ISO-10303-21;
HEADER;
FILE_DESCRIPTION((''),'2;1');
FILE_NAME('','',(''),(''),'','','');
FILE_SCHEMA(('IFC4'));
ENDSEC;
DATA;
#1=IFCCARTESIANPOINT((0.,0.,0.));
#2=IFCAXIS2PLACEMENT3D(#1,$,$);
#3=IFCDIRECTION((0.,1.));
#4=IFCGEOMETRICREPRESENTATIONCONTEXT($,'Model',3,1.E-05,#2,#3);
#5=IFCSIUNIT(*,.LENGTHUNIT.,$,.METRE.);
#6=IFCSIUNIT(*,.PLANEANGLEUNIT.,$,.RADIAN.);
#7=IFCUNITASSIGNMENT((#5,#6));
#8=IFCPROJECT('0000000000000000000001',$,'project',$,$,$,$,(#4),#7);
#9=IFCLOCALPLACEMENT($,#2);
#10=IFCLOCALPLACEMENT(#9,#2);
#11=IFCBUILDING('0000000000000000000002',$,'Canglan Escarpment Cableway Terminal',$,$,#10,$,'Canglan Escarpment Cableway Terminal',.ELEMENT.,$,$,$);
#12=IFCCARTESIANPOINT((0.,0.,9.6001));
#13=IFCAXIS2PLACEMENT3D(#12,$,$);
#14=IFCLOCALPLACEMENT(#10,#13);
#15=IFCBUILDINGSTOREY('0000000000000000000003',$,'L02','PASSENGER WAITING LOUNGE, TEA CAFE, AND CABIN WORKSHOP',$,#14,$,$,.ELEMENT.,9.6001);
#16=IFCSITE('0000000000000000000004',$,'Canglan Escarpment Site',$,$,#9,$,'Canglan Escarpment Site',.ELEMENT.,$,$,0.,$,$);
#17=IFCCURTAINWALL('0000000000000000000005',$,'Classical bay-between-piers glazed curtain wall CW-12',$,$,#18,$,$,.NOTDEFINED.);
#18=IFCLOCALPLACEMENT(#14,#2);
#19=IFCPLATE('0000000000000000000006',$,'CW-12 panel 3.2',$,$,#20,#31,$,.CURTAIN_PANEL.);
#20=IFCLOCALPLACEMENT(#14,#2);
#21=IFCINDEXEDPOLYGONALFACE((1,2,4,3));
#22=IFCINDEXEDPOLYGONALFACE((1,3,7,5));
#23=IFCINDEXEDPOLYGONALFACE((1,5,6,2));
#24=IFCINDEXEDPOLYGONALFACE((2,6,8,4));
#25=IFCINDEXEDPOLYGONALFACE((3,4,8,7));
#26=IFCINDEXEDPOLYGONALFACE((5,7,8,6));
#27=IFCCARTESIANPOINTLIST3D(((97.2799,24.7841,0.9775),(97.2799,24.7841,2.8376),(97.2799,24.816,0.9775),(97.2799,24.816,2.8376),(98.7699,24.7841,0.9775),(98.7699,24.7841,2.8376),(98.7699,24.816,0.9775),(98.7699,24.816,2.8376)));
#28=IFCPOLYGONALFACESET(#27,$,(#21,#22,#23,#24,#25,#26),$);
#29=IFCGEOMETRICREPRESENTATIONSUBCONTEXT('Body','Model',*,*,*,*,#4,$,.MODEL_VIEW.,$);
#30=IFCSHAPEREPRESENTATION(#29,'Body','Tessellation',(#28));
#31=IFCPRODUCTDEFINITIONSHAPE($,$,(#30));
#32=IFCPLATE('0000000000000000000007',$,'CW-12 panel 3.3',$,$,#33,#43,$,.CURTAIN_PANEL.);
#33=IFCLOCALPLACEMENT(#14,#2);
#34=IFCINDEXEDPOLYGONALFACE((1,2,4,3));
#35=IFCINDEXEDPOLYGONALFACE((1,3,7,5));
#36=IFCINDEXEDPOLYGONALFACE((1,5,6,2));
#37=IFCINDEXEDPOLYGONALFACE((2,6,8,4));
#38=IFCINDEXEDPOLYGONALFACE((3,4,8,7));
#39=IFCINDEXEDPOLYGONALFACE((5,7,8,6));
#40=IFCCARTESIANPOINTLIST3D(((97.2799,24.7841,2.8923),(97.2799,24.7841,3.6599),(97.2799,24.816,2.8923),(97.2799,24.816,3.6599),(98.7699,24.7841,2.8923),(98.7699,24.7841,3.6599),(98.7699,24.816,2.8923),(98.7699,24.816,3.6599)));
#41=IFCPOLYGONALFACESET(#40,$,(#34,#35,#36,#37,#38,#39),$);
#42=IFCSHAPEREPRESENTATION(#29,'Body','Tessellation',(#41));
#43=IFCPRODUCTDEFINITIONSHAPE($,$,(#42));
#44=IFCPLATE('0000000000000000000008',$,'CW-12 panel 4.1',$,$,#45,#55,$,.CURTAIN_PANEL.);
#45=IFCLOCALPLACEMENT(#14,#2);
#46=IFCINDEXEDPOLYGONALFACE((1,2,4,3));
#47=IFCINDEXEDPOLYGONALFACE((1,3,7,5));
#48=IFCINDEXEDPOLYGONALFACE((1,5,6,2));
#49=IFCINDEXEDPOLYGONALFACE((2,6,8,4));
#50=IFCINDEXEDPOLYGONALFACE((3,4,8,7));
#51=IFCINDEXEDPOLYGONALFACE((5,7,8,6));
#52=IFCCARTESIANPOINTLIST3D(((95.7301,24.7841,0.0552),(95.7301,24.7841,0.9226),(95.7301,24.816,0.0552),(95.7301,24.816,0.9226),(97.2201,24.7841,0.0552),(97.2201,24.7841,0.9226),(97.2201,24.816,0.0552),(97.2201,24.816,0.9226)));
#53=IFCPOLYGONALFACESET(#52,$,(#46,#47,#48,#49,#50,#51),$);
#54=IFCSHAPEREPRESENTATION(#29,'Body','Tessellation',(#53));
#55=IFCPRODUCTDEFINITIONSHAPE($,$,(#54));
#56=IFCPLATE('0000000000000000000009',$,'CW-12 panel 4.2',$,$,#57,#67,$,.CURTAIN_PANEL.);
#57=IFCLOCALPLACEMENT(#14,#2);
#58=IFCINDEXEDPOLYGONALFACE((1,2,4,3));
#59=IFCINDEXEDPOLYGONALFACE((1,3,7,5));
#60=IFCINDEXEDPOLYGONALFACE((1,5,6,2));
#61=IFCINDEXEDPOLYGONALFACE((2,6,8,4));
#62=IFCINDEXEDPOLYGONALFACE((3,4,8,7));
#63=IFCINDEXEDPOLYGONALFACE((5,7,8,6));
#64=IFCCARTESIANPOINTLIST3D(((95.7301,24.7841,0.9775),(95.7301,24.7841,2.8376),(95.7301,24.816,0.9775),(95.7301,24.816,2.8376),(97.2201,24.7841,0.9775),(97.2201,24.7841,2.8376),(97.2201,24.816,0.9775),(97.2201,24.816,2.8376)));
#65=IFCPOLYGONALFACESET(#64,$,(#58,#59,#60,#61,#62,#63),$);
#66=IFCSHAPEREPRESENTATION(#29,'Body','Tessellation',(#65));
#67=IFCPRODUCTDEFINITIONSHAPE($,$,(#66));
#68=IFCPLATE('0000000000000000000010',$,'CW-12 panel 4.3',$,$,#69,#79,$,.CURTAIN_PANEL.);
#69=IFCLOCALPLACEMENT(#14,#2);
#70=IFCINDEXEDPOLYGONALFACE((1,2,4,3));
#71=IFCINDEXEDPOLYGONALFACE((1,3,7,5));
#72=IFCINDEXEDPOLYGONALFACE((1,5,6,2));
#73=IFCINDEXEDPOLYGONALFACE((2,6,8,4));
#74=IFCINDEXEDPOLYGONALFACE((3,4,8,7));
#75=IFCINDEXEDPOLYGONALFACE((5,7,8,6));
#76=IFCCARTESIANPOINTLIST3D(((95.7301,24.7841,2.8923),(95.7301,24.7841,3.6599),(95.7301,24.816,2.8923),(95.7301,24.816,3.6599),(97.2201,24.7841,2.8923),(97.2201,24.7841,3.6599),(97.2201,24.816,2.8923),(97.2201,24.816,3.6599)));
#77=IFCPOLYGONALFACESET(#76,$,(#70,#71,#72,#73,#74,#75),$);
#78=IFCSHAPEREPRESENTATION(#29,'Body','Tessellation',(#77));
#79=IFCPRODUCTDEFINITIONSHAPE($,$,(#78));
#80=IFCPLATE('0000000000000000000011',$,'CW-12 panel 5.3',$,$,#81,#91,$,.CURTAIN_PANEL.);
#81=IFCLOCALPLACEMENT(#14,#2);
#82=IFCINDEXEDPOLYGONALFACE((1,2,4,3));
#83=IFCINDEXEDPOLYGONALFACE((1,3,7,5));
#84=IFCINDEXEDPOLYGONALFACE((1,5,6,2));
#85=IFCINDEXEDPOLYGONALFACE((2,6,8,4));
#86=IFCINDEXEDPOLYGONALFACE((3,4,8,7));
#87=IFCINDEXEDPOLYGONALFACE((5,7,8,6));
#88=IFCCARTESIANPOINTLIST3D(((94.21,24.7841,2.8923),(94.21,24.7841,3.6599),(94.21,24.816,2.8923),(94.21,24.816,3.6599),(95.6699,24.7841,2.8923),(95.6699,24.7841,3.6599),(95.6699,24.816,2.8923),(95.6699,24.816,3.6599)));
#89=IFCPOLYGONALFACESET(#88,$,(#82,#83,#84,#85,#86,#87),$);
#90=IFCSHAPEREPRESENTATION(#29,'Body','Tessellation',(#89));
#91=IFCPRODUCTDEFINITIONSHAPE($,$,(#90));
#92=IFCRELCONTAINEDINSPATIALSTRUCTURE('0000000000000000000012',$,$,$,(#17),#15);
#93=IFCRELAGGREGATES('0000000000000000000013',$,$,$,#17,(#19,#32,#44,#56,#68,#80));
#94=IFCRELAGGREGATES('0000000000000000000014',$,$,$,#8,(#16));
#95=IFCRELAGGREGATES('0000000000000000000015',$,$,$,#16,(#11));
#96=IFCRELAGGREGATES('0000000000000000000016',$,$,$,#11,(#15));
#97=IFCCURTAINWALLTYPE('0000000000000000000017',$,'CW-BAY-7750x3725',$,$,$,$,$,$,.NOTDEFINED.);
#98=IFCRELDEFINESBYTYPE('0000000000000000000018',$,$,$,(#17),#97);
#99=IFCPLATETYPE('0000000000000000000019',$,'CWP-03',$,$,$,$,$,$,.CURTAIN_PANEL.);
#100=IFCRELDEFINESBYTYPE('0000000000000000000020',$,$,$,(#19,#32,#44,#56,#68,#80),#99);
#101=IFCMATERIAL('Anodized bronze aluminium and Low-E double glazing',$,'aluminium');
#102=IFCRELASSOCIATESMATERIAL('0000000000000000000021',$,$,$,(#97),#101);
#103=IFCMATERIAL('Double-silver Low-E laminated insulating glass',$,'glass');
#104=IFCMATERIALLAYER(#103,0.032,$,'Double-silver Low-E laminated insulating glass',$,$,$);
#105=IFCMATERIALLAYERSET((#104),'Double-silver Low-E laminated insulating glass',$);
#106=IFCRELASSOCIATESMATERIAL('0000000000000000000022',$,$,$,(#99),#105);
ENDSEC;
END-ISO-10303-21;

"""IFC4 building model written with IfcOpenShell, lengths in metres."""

from ifc_helpers import new_model, si_unit, direction, frame, origin, origin_2d, place, context, subcontext, project, spatial, rectangle, extrude, material, layer, layer_set, type_object, element, aggregate, save


model = new_model("IFC4")

# Units and contexts
model_context = context("Model", 3, precision=1e-05, world=origin(), true_north=direction((0.0, 1.0)))
body_context = subcontext(model_context, "Body", "Model", "MODEL_VIEW")
ifc_project = project(units=[si_unit("LENGTHUNIT", "METRE"), si_unit("PLANEANGLEUNIT", "RADIAN")], contexts=[model_context])

# Site, building, storey
site_placement = place(None, origin())
site = spatial("IfcSite", under=ifc_project, at=site_placement, Name="Canglan Escarpment Site", LongName="Canglan Escarpment Site", CompositionType="ELEMENT", RefElevation=0.0)
building_placement = place(site_placement, origin())
building = spatial("IfcBuilding", under=site, at=building_placement, Name="Canglan Escarpment Cableway Terminal", LongName="Canglan Escarpment Cableway Terminal", CompositionType="ELEMENT")
storey_placement = place(building_placement, frame((0.0, 0.0, 9.6001)))
storey = spatial("IfcBuildingStorey", under=building, at=storey_placement, Name="L02", Description="PASSENGER WAITING LOUNGE, TEA CAFE, AND CABIN WORKSHOP", CompositionType="ELEMENT", Elevation=9.6001)

# Curtain wall, plates
ifc_material_1 = material(Name="Anodized bronze aluminium and Low-E double glazing", Category="aluminium")
curtain_wall_type = type_object("IfcCurtainWallType", Name="CW-BAY-7750x3725", PredefinedType="NOTDEFINED", material=ifc_material_1)
curtain_wall_placement = place(storey_placement, origin())
curtain_wall = element("IfcCurtainWall", 1, at=curtain_wall_placement, inside=storey, type_object=curtain_wall_type, Name="Classical bay-between-piers glazed curtain wall CW-12", PredefinedType="NOTDEFINED")
ifc_material_2 = material(Name="Double-silver Low-E laminated insulating glass", Category="glass")
ifc_layer = layer(ifc_material_2, 0.032, Name="Double-silver Low-E laminated insulating glass")
ifc_layer_set = layer_set([ifc_layer], Name="Double-silver Low-E laminated insulating glass")
plate_type = type_object("IfcPlateType", Name="CWP-03", PredefinedType="CURTAIN_PANEL", material=ifc_layer_set)
plate_1_placement = place(storey_placement, frame((98.0249, 24.8, 0.9775), z_axis=(0.0, 0.0, 1.0), x_axis=(-1.0, 0.0, 0.0)))
plate_1 = element("IfcPlate", 2, at=plate_1_placement, type_object=plate_type, Name="CW-12 panel 3.2", PredefinedType="CURTAIN_PANEL", context=body_context, shape_type="SweptSolid", body=[
    extrude(rectangle(XDim=1.49, YDim=0.032, at=origin_2d()), origin(), (0.0, 0.0, 1.0), 1.8601),
])
plate_2_placement = place(storey_placement, frame((98.0249, 24.8, 2.8923), z_axis=(0.0, 0.0, 1.0), x_axis=(-1.0, 0.0, 0.0)))
plate_2 = element("IfcPlate", 3, at=plate_2_placement, type_object=plate_type, Name="CW-12 panel 3.3", PredefinedType="CURTAIN_PANEL", context=body_context, shape_type="SweptSolid", body=[
    extrude(rectangle(XDim=1.49, YDim=0.032, at=origin_2d()), origin(), (0.0, 0.0, 1.0), 0.7676),
])
plate_3_placement = place(storey_placement, frame((96.4751, 24.8, 0.0552), z_axis=(0.0, 0.0, 1.0), x_axis=(-1.0, 0.0, 0.0)))
plate_3 = element("IfcPlate", 4, at=plate_3_placement, type_object=plate_type, Name="CW-12 panel 4.1", PredefinedType="CURTAIN_PANEL", context=body_context, shape_type="SweptSolid", body=[
    extrude(rectangle(XDim=1.49, YDim=0.032, at=origin_2d()), origin(), (0.0, 0.0, 1.0), 0.8674),
])
plate_4_placement = place(storey_placement, frame((96.4751, 24.8, 0.9775), z_axis=(0.0, 0.0, 1.0), x_axis=(-1.0, 0.0, 0.0)))
plate_4 = element("IfcPlate", 5, at=plate_4_placement, type_object=plate_type, Name="CW-12 panel 4.2", PredefinedType="CURTAIN_PANEL", context=body_context, shape_type="SweptSolid", body=[
    extrude(rectangle(XDim=1.49, YDim=0.032, at=origin_2d()), origin(), (0.0, 0.0, 1.0), 1.8601),
])
plate_5_placement = place(storey_placement, frame((96.4751, 24.8, 2.8923), z_axis=(0.0, 0.0, 1.0), x_axis=(-1.0, 0.0, 0.0)))
plate_5 = element("IfcPlate", 6, at=plate_5_placement, type_object=plate_type, Name="CW-12 panel 4.3", PredefinedType="CURTAIN_PANEL", context=body_context, shape_type="SweptSolid", body=[
    extrude(rectangle(XDim=1.49, YDim=0.032, at=origin_2d()), origin(), (0.0, 0.0, 1.0), 0.7676),
])
plate_6_placement = place(storey_placement, frame((94.9399, 24.8, 2.8923), z_axis=(0.0, 0.0, 1.0), x_axis=(-1.0, 0.0, 0.0)))
plate_6 = element("IfcPlate", 7, at=plate_6_placement, type_object=plate_type, Name="CW-12 panel 5.3", PredefinedType="CURTAIN_PANEL", context=body_context, shape_type="SweptSolid", body=[
    extrude(rectangle(XDim=1.46, YDim=0.032, at=origin_2d()), origin(), (0.0, 0.0, 1.0), 0.7676),
])
aggregate(curtain_wall, [plate_1, plate_2, plate_3, plate_4, plate_5, plate_6])

save(model, "model.ifc")
